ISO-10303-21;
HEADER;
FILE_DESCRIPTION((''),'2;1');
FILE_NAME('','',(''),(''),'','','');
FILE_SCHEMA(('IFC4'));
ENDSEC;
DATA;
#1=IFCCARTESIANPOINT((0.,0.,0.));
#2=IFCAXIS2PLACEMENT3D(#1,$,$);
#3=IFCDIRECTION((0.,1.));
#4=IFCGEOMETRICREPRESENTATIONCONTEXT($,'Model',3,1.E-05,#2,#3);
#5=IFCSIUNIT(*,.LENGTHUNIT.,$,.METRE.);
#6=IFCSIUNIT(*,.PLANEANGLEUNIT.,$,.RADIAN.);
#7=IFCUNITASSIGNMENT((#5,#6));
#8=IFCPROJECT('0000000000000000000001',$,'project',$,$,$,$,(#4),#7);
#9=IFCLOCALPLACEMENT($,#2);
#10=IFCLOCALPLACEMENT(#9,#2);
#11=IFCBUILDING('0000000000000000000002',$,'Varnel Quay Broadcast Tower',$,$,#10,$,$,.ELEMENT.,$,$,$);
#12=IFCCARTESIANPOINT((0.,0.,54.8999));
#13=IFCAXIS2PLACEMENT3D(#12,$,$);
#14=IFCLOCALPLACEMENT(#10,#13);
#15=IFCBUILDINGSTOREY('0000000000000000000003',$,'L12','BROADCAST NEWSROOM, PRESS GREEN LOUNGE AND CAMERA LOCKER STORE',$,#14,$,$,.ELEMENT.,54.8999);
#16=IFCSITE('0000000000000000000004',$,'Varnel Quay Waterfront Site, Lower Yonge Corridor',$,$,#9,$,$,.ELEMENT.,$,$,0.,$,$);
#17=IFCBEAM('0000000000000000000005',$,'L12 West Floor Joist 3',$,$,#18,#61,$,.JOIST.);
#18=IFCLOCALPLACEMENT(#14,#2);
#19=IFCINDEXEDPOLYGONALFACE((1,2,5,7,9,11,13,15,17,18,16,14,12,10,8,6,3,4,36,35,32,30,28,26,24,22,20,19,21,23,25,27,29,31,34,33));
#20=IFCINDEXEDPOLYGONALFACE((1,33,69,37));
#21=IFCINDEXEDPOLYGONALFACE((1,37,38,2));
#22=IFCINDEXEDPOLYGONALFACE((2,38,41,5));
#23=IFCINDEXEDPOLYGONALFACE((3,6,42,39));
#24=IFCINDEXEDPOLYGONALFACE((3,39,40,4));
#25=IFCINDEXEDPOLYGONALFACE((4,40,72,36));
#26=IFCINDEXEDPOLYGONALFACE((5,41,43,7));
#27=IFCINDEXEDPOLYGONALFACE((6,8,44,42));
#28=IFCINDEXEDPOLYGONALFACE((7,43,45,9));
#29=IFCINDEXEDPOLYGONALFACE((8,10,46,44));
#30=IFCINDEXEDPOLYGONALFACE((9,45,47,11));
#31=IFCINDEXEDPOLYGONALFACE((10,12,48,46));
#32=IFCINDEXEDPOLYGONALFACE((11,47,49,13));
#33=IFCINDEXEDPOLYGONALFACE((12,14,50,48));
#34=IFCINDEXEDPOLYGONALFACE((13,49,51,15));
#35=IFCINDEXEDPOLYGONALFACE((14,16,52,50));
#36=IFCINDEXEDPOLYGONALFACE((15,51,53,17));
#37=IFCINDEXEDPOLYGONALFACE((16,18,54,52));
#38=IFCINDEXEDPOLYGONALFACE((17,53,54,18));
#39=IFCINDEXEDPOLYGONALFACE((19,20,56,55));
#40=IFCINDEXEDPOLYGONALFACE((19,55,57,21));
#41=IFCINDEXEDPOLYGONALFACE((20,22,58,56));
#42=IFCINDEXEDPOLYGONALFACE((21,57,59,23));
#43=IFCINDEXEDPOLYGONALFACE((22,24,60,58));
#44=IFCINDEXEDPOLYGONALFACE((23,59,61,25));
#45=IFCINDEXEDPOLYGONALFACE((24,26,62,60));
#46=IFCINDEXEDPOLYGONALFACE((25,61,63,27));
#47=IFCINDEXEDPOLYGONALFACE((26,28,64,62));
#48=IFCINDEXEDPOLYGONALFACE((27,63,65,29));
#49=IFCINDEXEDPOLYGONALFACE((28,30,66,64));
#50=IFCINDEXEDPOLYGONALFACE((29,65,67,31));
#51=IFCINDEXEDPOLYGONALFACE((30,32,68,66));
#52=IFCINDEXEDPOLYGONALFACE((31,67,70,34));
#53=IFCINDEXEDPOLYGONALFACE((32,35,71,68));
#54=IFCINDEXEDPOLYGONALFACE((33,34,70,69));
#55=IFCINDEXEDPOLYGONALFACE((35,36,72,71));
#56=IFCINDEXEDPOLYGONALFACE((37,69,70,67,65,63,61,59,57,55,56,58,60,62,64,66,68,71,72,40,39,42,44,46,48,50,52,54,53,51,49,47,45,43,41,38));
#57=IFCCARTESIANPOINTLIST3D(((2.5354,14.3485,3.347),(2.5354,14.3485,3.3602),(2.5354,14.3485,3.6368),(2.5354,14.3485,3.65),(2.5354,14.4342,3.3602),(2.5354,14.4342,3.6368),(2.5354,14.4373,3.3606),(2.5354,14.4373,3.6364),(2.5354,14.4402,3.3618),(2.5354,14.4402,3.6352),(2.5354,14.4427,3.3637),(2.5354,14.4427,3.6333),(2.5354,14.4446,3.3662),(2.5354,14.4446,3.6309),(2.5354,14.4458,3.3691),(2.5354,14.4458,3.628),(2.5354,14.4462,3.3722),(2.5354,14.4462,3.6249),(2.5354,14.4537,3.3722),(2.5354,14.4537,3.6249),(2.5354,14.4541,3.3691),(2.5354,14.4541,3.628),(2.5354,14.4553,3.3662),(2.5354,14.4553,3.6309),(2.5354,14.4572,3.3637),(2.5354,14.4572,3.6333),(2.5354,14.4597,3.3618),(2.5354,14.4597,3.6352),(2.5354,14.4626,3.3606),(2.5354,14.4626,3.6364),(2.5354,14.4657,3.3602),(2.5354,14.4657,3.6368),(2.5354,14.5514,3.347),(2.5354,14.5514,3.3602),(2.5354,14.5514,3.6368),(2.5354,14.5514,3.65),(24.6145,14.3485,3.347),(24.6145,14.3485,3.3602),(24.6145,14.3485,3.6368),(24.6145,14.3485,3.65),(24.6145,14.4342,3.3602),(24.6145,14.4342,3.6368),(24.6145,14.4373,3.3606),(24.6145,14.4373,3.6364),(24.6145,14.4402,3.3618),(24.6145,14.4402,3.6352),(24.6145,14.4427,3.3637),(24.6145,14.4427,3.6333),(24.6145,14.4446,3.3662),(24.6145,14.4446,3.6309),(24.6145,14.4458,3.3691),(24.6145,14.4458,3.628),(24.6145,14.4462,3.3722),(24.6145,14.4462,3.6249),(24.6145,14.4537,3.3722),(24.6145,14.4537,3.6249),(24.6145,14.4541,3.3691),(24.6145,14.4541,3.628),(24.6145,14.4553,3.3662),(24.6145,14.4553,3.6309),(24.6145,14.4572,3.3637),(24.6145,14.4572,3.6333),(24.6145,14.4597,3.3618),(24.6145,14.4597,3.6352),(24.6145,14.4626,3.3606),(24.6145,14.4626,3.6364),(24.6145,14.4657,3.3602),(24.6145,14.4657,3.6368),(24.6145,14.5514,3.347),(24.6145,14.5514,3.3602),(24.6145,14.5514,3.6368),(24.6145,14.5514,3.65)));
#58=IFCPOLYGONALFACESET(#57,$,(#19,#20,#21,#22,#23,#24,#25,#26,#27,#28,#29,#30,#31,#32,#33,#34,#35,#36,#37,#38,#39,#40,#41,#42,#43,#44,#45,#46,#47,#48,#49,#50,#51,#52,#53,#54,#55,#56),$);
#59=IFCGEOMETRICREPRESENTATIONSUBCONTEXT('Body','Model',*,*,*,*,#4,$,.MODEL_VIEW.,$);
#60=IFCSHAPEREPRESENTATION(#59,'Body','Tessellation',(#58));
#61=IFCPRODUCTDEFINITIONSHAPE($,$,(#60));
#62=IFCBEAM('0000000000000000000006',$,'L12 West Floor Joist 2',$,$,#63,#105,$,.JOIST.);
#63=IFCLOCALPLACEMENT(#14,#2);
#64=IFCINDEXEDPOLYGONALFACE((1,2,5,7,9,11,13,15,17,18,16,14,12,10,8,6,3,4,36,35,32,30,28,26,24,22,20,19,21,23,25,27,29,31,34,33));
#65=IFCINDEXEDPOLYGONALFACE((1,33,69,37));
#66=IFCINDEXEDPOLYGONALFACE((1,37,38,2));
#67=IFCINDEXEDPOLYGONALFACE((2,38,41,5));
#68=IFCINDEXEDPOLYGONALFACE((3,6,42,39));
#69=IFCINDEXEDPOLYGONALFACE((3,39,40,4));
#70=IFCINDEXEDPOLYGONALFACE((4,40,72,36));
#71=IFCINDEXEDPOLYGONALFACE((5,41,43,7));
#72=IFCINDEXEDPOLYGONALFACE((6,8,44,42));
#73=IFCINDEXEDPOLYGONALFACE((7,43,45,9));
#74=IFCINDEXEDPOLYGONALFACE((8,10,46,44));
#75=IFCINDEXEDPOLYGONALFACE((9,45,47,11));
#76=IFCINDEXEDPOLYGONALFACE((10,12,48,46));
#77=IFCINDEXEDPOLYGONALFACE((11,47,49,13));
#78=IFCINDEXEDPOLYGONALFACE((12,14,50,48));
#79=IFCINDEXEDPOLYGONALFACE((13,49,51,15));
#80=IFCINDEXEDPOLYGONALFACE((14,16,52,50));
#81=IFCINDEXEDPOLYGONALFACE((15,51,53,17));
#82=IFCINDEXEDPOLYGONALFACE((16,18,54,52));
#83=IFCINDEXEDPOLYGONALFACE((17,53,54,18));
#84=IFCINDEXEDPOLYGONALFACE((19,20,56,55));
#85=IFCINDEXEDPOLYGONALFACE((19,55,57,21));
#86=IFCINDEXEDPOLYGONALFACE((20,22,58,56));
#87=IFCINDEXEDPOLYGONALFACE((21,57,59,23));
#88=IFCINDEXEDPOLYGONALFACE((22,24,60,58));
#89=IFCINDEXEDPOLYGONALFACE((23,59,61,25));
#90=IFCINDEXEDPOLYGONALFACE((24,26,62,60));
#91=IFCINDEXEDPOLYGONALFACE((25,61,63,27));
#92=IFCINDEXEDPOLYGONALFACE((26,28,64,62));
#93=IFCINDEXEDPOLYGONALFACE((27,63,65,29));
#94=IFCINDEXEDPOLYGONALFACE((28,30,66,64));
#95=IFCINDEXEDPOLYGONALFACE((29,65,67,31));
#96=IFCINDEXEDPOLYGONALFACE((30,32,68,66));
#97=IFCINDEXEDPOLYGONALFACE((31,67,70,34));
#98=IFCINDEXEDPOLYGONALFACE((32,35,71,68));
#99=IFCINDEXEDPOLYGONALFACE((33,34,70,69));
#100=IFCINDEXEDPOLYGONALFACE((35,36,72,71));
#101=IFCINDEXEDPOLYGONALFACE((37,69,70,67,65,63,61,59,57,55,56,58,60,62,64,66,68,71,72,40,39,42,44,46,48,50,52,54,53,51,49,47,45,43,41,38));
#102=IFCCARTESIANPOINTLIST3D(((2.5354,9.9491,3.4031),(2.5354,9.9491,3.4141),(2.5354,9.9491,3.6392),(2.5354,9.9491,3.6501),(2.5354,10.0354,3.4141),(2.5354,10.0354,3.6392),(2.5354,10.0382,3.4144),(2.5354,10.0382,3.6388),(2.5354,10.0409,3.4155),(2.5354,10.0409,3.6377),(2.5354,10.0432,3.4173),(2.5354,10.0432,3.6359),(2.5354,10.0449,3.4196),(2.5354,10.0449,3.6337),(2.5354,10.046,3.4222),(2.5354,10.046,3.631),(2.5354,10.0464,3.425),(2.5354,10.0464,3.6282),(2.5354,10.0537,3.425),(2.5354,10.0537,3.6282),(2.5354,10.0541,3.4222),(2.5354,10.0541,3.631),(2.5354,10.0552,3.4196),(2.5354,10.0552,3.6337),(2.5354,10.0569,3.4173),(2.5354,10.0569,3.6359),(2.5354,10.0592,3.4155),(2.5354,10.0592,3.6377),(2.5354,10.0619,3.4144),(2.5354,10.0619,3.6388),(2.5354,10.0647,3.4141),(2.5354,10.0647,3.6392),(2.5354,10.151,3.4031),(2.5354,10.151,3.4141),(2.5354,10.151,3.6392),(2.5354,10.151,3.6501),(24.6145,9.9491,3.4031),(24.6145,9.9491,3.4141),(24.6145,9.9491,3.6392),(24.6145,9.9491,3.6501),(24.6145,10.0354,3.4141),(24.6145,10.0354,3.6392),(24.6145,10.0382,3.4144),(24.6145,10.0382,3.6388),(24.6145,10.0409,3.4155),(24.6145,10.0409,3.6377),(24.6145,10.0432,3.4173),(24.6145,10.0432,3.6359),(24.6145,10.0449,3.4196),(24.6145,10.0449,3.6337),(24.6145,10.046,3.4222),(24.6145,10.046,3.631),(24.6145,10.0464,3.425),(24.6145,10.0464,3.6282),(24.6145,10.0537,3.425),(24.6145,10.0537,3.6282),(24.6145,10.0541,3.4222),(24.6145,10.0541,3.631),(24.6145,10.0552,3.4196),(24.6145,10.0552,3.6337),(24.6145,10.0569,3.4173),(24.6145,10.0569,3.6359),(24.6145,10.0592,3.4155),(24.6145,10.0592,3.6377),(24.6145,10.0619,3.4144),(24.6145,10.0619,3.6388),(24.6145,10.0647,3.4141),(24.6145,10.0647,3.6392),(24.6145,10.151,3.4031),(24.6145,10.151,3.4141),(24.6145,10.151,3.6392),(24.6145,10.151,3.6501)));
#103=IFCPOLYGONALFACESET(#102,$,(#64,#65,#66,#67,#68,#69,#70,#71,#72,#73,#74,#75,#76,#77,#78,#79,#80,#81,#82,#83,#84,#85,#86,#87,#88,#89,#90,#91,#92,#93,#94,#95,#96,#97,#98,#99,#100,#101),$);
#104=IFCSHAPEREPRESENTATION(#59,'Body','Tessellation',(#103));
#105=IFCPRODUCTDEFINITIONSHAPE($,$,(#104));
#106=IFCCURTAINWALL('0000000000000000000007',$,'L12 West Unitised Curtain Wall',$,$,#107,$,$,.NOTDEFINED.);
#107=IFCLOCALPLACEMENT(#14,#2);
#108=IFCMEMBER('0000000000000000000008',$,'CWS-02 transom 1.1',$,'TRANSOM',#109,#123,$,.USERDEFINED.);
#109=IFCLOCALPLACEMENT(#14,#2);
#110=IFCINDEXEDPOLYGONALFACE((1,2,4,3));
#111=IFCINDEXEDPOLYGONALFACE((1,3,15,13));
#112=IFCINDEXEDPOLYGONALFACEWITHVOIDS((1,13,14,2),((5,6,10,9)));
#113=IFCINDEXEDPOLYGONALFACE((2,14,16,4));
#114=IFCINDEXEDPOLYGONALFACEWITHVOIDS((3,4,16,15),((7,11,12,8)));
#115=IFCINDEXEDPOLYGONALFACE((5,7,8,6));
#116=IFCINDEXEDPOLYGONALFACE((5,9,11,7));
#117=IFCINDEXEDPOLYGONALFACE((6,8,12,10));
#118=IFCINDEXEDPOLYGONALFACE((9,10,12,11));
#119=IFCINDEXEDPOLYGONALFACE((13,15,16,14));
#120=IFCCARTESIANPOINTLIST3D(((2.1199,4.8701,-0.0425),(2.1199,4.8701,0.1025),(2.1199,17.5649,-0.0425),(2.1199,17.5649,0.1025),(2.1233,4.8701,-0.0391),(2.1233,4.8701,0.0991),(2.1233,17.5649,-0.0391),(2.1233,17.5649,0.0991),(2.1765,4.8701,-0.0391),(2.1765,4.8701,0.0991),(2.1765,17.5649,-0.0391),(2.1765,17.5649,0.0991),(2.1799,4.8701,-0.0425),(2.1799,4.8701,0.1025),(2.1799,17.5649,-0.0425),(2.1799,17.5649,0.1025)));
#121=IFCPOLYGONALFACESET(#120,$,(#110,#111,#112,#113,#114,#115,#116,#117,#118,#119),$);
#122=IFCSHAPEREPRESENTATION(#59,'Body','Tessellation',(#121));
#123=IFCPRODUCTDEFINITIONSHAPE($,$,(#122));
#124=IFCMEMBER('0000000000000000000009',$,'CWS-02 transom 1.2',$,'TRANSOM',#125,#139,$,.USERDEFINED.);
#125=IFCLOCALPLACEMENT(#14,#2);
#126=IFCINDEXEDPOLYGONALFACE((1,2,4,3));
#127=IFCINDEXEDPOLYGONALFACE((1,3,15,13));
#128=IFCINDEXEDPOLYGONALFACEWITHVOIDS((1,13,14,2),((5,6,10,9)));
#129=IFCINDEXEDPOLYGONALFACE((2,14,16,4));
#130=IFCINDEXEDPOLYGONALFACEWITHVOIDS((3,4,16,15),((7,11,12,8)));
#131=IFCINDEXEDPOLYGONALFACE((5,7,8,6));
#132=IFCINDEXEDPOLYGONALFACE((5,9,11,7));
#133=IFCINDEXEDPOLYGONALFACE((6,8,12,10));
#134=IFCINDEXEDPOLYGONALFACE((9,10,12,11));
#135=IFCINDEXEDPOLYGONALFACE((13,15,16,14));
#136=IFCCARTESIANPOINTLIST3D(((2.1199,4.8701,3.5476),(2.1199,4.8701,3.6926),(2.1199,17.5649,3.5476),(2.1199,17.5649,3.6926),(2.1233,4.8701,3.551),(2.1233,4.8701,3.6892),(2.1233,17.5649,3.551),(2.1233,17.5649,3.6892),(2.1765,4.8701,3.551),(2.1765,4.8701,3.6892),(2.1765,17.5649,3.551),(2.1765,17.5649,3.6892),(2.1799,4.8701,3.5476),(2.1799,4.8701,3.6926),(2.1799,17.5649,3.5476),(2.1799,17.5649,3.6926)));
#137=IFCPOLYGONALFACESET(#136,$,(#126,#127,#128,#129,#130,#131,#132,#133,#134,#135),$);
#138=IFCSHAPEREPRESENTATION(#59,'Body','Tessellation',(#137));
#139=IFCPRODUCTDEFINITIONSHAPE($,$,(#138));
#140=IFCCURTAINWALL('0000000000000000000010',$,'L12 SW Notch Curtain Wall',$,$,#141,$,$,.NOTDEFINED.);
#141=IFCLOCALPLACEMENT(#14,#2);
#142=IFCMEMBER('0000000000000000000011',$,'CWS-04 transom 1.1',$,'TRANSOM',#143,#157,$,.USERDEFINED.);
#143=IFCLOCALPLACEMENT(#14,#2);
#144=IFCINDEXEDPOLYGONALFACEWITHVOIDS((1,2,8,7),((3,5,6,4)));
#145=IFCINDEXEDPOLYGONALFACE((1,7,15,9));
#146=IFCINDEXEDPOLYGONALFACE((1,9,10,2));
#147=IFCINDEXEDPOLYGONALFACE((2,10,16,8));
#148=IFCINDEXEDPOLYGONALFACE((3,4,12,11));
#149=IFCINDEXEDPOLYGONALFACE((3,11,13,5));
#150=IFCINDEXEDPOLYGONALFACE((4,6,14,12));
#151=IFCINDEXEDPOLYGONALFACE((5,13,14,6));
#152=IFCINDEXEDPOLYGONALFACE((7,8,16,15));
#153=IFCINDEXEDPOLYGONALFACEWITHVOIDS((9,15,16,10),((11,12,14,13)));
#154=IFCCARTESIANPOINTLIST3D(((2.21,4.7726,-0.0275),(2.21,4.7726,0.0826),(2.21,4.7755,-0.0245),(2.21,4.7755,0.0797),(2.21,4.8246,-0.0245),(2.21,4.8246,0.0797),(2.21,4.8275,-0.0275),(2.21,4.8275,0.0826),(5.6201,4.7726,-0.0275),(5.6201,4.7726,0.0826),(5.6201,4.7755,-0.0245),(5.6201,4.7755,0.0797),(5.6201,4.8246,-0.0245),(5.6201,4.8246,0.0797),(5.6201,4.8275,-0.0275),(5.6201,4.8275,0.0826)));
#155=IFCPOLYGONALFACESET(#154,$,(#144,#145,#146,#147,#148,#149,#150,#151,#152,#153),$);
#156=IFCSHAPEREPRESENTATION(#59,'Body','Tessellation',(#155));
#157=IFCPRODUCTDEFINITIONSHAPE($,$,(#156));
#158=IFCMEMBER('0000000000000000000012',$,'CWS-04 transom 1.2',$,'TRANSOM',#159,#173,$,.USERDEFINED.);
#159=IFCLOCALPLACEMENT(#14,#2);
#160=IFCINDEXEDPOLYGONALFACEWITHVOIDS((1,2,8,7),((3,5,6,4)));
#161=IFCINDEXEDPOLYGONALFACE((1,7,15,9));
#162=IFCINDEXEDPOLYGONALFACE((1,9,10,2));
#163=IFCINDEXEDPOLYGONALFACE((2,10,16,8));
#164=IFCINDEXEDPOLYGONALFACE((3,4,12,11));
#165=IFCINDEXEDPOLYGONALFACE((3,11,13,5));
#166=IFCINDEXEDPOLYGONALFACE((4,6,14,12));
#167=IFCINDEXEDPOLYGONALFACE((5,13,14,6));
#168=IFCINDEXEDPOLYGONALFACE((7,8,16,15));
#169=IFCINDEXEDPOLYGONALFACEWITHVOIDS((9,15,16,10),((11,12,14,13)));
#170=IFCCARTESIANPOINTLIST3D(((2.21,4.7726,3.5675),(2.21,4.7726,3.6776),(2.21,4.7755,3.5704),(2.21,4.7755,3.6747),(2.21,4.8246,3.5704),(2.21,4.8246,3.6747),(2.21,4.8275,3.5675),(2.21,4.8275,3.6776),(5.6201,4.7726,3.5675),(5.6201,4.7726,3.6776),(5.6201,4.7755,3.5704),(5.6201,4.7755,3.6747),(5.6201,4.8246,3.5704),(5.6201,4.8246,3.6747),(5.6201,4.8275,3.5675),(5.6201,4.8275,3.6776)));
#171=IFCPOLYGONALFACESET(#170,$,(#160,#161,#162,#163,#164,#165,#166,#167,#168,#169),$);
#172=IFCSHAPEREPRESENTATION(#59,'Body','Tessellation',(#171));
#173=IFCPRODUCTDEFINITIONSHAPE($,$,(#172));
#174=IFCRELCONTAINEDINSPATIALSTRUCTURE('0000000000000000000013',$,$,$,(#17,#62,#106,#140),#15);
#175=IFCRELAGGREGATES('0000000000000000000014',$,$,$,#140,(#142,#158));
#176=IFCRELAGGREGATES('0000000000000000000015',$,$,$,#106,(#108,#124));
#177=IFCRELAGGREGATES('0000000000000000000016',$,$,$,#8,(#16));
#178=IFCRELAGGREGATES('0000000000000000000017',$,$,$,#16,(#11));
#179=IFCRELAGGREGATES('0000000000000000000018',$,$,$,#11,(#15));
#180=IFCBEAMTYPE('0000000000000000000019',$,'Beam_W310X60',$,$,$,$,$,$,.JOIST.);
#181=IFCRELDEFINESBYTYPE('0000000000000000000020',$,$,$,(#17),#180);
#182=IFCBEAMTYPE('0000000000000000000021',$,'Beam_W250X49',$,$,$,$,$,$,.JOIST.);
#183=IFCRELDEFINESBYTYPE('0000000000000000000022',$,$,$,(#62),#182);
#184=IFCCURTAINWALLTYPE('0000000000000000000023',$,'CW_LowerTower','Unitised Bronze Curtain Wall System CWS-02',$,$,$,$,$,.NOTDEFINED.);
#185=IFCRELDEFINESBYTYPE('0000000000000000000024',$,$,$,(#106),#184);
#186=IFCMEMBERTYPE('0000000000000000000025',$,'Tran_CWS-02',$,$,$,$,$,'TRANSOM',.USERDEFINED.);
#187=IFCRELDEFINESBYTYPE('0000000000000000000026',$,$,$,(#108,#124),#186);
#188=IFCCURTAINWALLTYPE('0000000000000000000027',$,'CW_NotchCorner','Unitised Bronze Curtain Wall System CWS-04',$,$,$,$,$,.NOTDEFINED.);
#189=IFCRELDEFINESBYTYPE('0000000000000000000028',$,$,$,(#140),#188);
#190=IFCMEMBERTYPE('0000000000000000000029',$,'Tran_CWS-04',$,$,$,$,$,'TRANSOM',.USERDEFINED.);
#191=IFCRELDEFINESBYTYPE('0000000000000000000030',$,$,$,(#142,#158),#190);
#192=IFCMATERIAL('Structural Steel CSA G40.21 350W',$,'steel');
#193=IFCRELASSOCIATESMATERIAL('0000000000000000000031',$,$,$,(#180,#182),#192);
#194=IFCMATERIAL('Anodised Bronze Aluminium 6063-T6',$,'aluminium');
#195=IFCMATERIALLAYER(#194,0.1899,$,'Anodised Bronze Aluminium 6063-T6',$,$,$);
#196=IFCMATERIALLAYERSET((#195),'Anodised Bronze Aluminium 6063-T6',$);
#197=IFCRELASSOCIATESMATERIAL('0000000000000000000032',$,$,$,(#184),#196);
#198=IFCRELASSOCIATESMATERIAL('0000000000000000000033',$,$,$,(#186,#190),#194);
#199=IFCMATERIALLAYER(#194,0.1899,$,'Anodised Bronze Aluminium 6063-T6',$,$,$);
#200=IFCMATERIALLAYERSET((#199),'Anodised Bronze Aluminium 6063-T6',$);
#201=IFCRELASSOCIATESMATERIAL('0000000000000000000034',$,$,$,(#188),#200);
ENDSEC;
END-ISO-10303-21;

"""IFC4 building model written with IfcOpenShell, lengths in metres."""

from ifc_helpers import new_model, si_unit, direction, frame, origin, origin_2d, place, context, subcontext, project, spatial, hollow_rectangle, i_section, extrude, source, transform, mapped, material, layer, layer_set, material_profile, profile_set, type_object, type_shapes, element, aggregate, save


model = new_model("IFC4")

# Units and contexts
model_context = context("Model", 3, precision=1e-05, world=origin(), true_north=direction((0.0, 1.0)))
body_context = subcontext(model_context, "Body", "Model", "MODEL_VIEW")
ifc_project = project(units=[si_unit("LENGTHUNIT", "METRE"), si_unit("PLANEANGLEUNIT", "RADIAN")], contexts=[model_context])

# Site, building, storey
site_placement = place(None, origin())
site = spatial("IfcSite", under=ifc_project, at=site_placement, Name="Varnel Quay Waterfront Site, Lower Yonge Corridor", CompositionType="ELEMENT", RefElevation=0.0)
building_placement = place(site_placement, origin())
building = spatial("IfcBuilding", under=site, at=building_placement, Name="Varnel Quay Broadcast Tower", CompositionType="ELEMENT")
storey_placement = place(building_placement, frame((0.0, 0.0, 54.8999)))
storey = spatial("IfcBuildingStorey", under=building, at=storey_placement, Name="L12", Description="BROADCAST NEWSROOM, PRESS GREEN LOUNGE AND CAMERA LOCKER STORE", CompositionType="ELEMENT", Elevation=54.8999)

# Shared definitions
ifc_material_1 = material(Name="Structural Steel CSA G40.21 350W", Category="steel")

# Beams
ifc_material_profile_1 = material_profile(ifc_material_1, i_section(OverallWidth=0.2029, OverallDepth=0.303, WebThickness=0.0076, FlangeThickness=0.0132, FilletRadius=0.012, at=origin_2d()), Name="W310X60")
ifc_profile_set_1 = profile_set([ifc_material_profile_1], Name="Structural Steel CSA G40.21 350W")
beam_type_1 = type_object("IfcBeamType", Name="Beam_W310X60", PredefinedType="JOIST", material=ifc_profile_set_1)
shared_shape_1 = source(origin(), body_context, "Body", "SweptSolid", [
    extrude(i_section(OverallWidth=0.2029, OverallDepth=0.303, WebThickness=0.0076, FlangeThickness=0.0132, FilletRadius=0.012, at=origin_2d()), origin(), (0.0, 0.0, 1.0), 22.0791),
])
type_shapes(beam_type_1, [shared_shape_1])
for number, where, z_axis, x_axis, name in (
    (1, (2.5354, 14.45, 3.4985), (1.0, 0.0, 0.0), (0.0, 1.0, 0.0), "L12 West Floor Joist 3"),
):
    element("IfcBeam", number, at=place(storey_placement, frame(where, z_axis=z_axis, x_axis=x_axis)), inside=storey, type_object=beam_type_1, Name=name, PredefinedType="JOIST", context=body_context, shape_type="MappedRepresentation", body=[
        mapped(shared_shape_1, transform((0.0, 0.0, 0.0), x_axis=(1.0, 0.0, 0.0), y_axis=(0.0, 1.0, 0.0), z_axis=(0.0, 0.0, 1.0), scale=1.0)),
    ])
ifc_material_profile_2 = material_profile(ifc_material_1, i_section(OverallWidth=0.2019, OverallDepth=0.2471, WebThickness=0.0073, FlangeThickness=0.011, FilletRadius=0.011, at=origin_2d()), Name="W250X49")
ifc_profile_set_2 = profile_set([ifc_material_profile_2], Name="Structural Steel CSA G40.21 350W")
beam_type_2 = type_object("IfcBeamType", Name="Beam_W250X49", PredefinedType="JOIST", material=ifc_profile_set_2)
shared_shape_2 = source(origin(), body_context, "Body", "SweptSolid", [
    extrude(i_section(OverallWidth=0.2019, OverallDepth=0.2471, WebThickness=0.0073, FlangeThickness=0.011, FilletRadius=0.011, at=origin_2d()), origin(), (0.0, 0.0, 1.0), 22.0791),
])
type_shapes(beam_type_2, [shared_shape_2])
beam_1_placement = place(storey_placement, frame((2.5354, 10.05, 3.5266), z_axis=(1.0, 0.0, 0.0), x_axis=(0.0, 1.0, 0.0)))
element("IfcBeam", 2, at=beam_1_placement, inside=storey, type_object=beam_type_2, Name="L12 West Floor Joist 2", PredefinedType="JOIST", context=body_context, shape_type="MappedRepresentation", body=[
    mapped(shared_shape_2, transform((0.0, 0.0, 0.0), x_axis=(1.0, 0.0, 0.0), y_axis=(0.0, 1.0, 0.0), z_axis=(0.0, 0.0, 1.0), scale=1.0)),
])

# Curtain walls, members
ifc_material_2 = material(Name="Anodised Bronze Aluminium 6063-T6", Category="aluminium")
ifc_layer_1 = layer(ifc_material_2, 0.1899, Name="Anodised Bronze Aluminium 6063-T6")
ifc_layer_set_1 = layer_set([ifc_layer_1], Name="Anodised Bronze Aluminium 6063-T6")
curtain_wall_type_1 = type_object("IfcCurtainWallType", Name="CW_LowerTower", Description="Unitised Bronze Curtain Wall System CWS-02", PredefinedType="NOTDEFINED", material=ifc_layer_set_1)
curtain_wall_1_placement = place(storey_placement, origin())
curtain_wall_1 = element("IfcCurtainWall", 3, at=curtain_wall_1_placement, inside=storey, type_object=curtain_wall_type_1, Name="L12 West Unitised Curtain Wall", PredefinedType="NOTDEFINED")
ifc_material_profile_3 = material_profile(ifc_material_2, hollow_rectangle(XDim=0.0601, YDim=0.145, WallThickness=0.0034, at=origin_2d()), Name="ALU60X145X3.5")
ifc_profile_set_3 = profile_set([ifc_material_profile_3], Name="Anodised Bronze Aluminium 6063-T6")
member_type_1 = type_object("IfcMemberType", Name="Tran_CWS-02", ElementType="TRANSOM", PredefinedType="USERDEFINED", material=ifc_profile_set_3)
shared_shape_3 = source(origin(), body_context, "Body", "SweptSolid", [
    extrude(hollow_rectangle(XDim=0.0601, YDim=0.145, WallThickness=0.0034, at=origin_2d()), origin(), (0.0, 0.0, 1.0), 12.6948),
])
type_shapes(member_type_1, [shared_shape_3])
member_1_placement = place(storey_placement, frame((2.1499, 4.8701, 0.03), z_axis=(0.0, 1.0, 0.0), x_axis=(-1.0, 0.0, 0.0)))
member_1 = element("IfcMember", 4, at=member_1_placement, type_object=member_type_1, Name="CWS-02 transom 1.1", ObjectType="TRANSOM", PredefinedType="USERDEFINED", context=body_context, shape_type="MappedRepresentation", body=[
    mapped(shared_shape_3, transform((0.0, 0.0, 0.0), x_axis=(1.0, 0.0, 0.0), y_axis=(0.0, 1.0, 0.0), z_axis=(0.0, 0.0, 1.0), scale=1.0)),
])
member_2_placement = place(storey_placement, frame((2.1499, 4.8701, 3.6201), z_axis=(0.0, 1.0, 0.0), x_axis=(-1.0, 0.0, 0.0)))
member_2 = element("IfcMember", 5, at=member_2_placement, type_object=member_type_1, Name="CWS-02 transom 1.2", ObjectType="TRANSOM", PredefinedType="USERDEFINED", context=body_context, shape_type="MappedRepresentation", body=[
    mapped(shared_shape_3, transform((0.0, 0.0, 0.0), x_axis=(1.0, 0.0, 0.0), y_axis=(0.0, 1.0, 0.0), z_axis=(0.0, 0.0, 1.0), scale=1.0)),
])
ifc_layer_2 = layer(ifc_material_2, 0.1899, Name="Anodised Bronze Aluminium 6063-T6")
ifc_layer_set_2 = layer_set([ifc_layer_2], Name="Anodised Bronze Aluminium 6063-T6")
curtain_wall_type_2 = type_object("IfcCurtainWallType", Name="CW_NotchCorner", Description="Unitised Bronze Curtain Wall System CWS-04", PredefinedType="NOTDEFINED", material=ifc_layer_set_2)
curtain_wall_2_placement = place(storey_placement, origin())
curtain_wall_2 = element("IfcCurtainWall", 6, at=curtain_wall_2_placement, inside=storey, type_object=curtain_wall_type_2, Name="L12 SW Notch Curtain Wall", PredefinedType="NOTDEFINED")
ifc_material_profile_4 = material_profile(ifc_material_2, hollow_rectangle(XDim=0.0549, YDim=0.1101, WallThickness=0.0029, at=origin_2d()), Name="ALU55X110X3")
ifc_profile_set_4 = profile_set([ifc_material_profile_4], Name="Anodised Bronze Aluminium 6063-T6")
member_type_2 = type_object("IfcMemberType", Name="Tran_CWS-04", ElementType="TRANSOM", PredefinedType="USERDEFINED", material=ifc_profile_set_4)
shared_shape_4 = source(origin(), body_context, "Body", "SweptSolid", [
    extrude(hollow_rectangle(XDim=0.0549, YDim=0.1101, WallThickness=0.0029, at=origin_2d()), origin(), (0.0, 0.0, 1.0), 3.4102),
])
type_shapes(member_type_2, [shared_shape_4])
member_3_placement = place(storey_placement, frame((2.21, 4.8, 0.0276), z_axis=(1.0, 0.0, 0.0), x_axis=(0.0, 1.0, 0.0)))
member_3 = element("IfcMember", 7, at=member_3_placement, type_object=member_type_2, Name="CWS-04 transom 1.1", ObjectType="TRANSOM", PredefinedType="USERDEFINED", context=body_context, shape_type="MappedRepresentation", body=[
    mapped(shared_shape_4, transform((0.0, 0.0, 0.0), x_axis=(1.0, 0.0, 0.0), y_axis=(0.0, 1.0, 0.0), z_axis=(0.0, 0.0, 1.0), scale=1.0)),
])
member_4_placement = place(storey_placement, frame((2.21, 4.8, 3.6226), z_axis=(1.0, 0.0, 0.0), x_axis=(0.0, 1.0, 0.0)))
member_4 = element("IfcMember", 8, at=member_4_placement, type_object=member_type_2, Name="CWS-04 transom 1.2", ObjectType="TRANSOM", PredefinedType="USERDEFINED", context=body_context, shape_type="MappedRepresentation", body=[
    mapped(shared_shape_4, transform((0.0, 0.0, 0.0), x_axis=(1.0, 0.0, 0.0), y_axis=(0.0, 1.0, 0.0), z_axis=(0.0, 0.0, 1.0), scale=1.0)),
])

aggregate(curtain_wall_2, [member_3, member_4])

aggregate(curtain_wall_1, [member_1, member_2])

save(model, "model.ifc")
